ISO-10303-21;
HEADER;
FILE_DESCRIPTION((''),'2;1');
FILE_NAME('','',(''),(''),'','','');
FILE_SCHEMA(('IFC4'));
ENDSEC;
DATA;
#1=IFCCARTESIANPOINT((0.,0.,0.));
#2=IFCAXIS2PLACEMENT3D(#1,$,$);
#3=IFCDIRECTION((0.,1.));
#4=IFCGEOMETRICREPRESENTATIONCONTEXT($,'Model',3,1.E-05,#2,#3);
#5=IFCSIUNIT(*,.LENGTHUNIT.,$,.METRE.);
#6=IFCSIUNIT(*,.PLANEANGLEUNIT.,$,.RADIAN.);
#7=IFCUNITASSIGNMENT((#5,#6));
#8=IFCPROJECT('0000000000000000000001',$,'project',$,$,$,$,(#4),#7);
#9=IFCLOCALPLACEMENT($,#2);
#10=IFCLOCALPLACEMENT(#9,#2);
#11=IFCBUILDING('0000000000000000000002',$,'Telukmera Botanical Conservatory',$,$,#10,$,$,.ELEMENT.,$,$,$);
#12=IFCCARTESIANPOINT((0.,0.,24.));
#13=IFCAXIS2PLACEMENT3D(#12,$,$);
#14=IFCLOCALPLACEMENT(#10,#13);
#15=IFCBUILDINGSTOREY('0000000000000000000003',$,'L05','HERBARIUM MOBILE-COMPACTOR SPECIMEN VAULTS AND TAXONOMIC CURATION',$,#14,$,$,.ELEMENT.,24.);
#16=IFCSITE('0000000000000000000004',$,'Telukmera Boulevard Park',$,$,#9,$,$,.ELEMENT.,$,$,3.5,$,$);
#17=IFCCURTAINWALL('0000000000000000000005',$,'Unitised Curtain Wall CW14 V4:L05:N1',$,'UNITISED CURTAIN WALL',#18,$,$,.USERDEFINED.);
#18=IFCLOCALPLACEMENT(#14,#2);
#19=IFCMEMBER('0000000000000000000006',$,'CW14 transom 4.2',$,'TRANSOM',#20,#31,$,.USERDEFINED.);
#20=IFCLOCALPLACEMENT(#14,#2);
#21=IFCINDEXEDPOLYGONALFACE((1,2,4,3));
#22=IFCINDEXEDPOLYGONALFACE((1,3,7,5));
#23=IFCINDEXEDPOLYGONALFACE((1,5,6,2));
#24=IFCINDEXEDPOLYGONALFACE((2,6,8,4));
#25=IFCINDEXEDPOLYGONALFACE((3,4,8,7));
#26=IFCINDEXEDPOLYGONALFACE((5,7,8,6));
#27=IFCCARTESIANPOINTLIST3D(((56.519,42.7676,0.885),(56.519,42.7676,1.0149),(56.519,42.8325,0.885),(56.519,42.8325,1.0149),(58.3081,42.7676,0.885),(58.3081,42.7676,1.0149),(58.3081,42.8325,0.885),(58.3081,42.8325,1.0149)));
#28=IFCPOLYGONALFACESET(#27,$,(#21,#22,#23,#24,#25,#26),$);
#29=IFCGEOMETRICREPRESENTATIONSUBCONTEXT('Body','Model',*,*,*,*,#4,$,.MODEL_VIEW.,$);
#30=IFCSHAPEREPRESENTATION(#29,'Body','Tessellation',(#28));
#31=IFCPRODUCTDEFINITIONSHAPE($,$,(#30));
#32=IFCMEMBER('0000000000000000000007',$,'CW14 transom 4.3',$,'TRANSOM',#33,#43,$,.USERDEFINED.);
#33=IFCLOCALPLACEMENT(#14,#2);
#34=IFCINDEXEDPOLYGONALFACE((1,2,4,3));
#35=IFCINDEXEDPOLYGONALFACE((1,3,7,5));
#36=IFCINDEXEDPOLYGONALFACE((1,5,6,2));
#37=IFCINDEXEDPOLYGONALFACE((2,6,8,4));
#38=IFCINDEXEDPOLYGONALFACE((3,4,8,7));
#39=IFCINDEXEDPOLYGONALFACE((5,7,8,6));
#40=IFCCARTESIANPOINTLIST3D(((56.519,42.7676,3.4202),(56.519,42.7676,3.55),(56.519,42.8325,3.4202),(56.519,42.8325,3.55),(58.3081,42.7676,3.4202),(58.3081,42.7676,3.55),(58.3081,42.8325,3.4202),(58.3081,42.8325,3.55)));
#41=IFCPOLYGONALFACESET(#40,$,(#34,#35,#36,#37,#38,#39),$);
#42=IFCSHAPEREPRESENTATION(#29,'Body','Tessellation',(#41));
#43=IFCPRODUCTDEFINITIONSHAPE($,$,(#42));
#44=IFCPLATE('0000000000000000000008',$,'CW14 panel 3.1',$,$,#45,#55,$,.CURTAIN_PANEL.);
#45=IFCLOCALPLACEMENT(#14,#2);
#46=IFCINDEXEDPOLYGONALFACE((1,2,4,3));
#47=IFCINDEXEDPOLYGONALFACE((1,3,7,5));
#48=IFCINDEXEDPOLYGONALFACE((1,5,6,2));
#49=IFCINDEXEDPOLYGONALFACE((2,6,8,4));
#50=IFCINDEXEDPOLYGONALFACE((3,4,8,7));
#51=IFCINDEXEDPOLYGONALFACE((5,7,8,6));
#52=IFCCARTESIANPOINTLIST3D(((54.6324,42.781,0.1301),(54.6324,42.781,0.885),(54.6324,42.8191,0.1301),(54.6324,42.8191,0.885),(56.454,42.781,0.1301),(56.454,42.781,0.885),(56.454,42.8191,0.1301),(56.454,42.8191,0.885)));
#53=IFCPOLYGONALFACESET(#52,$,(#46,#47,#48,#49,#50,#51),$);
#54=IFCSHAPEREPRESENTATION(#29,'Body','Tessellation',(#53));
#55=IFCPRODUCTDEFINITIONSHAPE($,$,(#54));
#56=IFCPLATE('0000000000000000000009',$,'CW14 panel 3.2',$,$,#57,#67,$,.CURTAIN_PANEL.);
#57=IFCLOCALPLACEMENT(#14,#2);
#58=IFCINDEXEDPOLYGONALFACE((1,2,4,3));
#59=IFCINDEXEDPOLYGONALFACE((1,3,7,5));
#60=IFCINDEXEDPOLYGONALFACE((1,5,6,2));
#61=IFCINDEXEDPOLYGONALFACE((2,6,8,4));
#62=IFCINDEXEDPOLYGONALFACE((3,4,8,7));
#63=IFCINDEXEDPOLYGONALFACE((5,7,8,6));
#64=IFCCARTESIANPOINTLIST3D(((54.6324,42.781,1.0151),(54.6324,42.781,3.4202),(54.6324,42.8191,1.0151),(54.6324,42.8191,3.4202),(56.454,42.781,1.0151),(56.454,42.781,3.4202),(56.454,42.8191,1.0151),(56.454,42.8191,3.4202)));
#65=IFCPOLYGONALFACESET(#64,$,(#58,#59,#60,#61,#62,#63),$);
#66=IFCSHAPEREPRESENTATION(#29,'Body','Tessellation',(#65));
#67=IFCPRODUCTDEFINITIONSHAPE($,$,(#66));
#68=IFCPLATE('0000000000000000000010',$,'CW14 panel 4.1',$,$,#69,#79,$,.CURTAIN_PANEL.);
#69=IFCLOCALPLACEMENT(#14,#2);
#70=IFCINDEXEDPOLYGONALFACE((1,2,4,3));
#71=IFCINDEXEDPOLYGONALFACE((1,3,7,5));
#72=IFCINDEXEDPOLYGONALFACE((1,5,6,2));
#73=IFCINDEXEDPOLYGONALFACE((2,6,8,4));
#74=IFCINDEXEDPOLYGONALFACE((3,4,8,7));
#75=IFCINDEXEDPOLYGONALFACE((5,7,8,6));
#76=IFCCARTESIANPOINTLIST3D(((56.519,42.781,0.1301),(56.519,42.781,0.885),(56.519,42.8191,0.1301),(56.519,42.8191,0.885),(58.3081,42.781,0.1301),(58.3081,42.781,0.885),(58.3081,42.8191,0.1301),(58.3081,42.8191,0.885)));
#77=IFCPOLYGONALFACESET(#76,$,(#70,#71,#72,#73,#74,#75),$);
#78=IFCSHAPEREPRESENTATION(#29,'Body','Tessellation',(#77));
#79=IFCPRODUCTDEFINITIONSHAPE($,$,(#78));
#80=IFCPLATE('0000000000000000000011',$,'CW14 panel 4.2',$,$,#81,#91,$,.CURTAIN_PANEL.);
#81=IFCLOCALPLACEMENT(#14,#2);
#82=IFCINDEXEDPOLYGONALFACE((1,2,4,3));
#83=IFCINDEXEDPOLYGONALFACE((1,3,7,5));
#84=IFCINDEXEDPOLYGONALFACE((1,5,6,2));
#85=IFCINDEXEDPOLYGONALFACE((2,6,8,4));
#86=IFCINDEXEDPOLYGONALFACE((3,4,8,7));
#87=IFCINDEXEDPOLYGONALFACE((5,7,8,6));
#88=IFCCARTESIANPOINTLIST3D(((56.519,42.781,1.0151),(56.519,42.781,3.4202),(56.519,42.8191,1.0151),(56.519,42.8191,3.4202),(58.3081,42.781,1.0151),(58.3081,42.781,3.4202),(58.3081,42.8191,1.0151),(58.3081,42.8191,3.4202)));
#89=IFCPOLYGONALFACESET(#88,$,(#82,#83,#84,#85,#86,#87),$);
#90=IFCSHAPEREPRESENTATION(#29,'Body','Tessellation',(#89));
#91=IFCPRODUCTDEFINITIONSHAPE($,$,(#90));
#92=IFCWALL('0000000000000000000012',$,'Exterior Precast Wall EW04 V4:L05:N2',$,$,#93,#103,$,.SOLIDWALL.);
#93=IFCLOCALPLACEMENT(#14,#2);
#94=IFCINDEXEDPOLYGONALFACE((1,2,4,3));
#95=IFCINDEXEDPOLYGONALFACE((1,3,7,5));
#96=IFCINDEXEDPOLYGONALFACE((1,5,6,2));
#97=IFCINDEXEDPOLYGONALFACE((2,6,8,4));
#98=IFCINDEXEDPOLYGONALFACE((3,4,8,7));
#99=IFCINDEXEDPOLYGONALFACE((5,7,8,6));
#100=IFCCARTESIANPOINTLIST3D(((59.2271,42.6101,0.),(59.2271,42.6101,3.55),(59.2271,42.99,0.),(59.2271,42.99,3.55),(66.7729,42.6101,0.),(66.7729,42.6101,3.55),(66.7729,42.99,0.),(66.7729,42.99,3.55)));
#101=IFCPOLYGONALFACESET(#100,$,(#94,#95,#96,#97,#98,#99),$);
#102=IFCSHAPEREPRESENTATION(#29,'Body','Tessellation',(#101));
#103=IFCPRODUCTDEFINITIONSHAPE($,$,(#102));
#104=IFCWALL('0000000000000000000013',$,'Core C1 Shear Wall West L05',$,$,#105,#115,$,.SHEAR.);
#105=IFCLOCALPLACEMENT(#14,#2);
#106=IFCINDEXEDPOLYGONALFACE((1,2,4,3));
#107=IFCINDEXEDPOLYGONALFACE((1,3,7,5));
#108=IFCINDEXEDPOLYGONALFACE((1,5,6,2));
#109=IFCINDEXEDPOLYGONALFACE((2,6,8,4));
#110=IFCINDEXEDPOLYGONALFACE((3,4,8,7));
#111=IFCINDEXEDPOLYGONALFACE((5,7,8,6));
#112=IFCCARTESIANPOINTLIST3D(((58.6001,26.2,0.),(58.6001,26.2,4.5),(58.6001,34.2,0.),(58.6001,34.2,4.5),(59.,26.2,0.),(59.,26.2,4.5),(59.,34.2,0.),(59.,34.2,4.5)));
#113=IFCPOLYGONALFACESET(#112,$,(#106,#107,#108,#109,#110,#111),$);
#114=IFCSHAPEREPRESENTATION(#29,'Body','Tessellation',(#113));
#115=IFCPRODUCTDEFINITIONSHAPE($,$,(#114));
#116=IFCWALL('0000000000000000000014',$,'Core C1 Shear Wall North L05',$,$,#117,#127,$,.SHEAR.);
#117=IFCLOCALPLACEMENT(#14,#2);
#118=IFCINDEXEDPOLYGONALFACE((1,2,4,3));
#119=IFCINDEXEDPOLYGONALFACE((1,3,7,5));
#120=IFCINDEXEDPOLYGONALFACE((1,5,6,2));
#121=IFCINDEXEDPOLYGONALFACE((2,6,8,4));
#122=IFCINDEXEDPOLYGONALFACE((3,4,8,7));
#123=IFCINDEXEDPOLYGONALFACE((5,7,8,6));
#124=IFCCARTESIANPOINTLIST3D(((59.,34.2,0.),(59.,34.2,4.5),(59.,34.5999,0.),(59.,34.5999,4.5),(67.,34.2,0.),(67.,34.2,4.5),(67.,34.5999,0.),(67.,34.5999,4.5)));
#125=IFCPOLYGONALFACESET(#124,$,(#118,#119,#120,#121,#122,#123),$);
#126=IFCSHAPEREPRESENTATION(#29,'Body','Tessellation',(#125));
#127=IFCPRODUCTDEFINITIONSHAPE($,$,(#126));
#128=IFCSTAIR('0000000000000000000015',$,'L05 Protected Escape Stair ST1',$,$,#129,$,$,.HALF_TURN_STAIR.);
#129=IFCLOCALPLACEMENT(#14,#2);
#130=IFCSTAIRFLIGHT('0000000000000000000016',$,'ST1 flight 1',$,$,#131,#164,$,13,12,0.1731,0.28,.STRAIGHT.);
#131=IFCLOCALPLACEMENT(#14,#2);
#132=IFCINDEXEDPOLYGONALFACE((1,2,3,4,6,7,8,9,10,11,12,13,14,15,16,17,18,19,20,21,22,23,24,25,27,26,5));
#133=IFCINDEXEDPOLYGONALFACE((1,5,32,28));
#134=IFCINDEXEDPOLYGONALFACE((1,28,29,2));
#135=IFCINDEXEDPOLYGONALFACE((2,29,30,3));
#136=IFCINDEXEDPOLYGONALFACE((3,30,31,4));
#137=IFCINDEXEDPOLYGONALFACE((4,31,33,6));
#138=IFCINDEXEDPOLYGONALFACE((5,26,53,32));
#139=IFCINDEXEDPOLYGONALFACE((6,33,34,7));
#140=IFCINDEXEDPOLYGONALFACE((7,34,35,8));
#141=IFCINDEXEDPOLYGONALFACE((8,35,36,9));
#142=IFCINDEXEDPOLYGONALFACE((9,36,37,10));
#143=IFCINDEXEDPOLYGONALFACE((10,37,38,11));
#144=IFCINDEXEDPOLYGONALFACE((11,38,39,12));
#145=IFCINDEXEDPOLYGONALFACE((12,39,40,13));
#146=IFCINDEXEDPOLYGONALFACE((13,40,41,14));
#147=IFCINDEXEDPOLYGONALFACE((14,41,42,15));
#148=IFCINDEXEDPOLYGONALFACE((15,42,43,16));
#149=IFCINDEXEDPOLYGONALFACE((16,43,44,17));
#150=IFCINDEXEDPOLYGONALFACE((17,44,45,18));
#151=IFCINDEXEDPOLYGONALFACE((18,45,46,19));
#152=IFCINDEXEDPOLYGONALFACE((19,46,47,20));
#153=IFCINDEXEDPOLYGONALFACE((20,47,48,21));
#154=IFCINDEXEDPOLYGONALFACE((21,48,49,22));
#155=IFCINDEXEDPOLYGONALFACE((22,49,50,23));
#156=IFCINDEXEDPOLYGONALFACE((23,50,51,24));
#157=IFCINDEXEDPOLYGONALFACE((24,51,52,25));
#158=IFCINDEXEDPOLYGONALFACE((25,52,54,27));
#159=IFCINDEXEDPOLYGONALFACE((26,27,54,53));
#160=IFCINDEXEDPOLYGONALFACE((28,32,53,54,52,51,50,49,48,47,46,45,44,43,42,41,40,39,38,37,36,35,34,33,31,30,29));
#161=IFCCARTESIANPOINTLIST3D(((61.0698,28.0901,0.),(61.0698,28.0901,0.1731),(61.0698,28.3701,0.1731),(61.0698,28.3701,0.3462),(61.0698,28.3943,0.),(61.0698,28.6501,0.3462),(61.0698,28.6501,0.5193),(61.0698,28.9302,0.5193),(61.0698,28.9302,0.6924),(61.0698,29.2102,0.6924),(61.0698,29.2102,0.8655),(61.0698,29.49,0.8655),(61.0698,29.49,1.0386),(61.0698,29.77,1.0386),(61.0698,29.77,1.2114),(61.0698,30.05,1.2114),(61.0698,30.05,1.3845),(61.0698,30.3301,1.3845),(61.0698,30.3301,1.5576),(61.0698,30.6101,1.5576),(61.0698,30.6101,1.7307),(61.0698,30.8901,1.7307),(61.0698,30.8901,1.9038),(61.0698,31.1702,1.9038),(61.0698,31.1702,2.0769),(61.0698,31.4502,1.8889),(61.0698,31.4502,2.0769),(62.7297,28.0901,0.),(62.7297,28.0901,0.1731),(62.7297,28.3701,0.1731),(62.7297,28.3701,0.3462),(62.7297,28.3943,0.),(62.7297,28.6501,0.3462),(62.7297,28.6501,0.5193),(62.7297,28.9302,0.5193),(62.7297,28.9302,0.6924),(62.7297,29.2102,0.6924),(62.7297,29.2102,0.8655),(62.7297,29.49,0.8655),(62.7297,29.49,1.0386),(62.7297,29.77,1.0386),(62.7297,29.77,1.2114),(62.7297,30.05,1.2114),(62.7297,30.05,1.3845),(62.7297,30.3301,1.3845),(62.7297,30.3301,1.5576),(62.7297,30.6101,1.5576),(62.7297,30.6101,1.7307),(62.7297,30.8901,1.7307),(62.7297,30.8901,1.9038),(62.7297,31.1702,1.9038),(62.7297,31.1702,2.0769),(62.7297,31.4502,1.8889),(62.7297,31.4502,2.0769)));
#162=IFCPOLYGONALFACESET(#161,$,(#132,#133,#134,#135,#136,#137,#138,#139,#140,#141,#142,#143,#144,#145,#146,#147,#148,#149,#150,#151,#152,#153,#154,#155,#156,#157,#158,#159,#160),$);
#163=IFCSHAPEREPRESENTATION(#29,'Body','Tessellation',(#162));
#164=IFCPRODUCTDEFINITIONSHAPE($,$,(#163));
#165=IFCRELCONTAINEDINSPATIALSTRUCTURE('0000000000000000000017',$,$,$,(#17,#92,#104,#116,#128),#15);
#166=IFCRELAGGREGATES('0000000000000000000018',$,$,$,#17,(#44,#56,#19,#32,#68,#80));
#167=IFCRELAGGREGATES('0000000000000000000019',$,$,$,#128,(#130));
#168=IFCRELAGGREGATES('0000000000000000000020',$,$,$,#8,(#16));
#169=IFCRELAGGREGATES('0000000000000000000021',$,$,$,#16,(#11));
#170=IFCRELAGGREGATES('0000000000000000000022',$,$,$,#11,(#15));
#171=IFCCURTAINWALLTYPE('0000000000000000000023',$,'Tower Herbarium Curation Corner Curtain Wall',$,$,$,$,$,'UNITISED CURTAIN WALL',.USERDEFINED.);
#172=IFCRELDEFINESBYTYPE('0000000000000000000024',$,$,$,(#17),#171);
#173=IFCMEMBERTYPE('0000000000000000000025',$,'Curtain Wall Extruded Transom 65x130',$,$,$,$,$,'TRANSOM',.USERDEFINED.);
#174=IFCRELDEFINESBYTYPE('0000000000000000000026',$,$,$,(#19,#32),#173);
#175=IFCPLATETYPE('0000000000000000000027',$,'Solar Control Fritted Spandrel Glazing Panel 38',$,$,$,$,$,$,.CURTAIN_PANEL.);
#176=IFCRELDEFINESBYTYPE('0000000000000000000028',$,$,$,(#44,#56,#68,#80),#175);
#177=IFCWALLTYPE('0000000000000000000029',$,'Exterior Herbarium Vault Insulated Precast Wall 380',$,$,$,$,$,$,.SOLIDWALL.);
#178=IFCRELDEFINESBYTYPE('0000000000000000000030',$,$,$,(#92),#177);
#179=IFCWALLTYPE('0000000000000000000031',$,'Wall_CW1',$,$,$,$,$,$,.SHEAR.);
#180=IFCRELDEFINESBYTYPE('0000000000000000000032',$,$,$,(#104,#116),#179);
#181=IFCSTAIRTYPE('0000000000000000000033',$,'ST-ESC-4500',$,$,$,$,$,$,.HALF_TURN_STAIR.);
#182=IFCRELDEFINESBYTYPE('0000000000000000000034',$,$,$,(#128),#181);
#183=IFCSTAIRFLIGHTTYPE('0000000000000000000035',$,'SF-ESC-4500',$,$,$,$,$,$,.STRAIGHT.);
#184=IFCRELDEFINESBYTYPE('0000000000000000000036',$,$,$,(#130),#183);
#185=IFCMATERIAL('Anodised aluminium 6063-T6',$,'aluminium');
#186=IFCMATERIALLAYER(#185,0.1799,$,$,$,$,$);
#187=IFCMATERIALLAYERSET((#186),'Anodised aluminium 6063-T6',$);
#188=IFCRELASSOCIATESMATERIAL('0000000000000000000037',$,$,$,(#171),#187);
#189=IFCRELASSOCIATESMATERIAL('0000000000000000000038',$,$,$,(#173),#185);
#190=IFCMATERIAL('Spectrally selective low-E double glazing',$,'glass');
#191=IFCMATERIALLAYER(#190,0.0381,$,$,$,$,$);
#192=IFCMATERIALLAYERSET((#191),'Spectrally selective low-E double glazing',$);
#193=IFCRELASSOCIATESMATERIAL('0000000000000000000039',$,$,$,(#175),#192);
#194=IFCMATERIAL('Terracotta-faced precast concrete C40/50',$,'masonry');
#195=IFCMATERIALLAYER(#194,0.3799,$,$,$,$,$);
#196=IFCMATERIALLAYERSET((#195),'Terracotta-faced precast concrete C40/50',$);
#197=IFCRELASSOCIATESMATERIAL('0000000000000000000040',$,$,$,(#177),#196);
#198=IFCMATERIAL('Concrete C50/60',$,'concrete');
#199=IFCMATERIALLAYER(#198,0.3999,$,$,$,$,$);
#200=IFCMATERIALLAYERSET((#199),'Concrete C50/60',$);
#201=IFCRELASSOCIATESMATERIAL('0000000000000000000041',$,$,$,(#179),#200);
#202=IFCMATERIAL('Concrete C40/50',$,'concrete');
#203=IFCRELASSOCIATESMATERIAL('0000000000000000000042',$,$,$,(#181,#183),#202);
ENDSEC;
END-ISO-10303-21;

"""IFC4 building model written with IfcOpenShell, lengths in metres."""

from ifc_helpers import new_model, si_unit, direction, frame, frame_2d, origin, origin_2d, place, context, subcontext, project, spatial, polyline, rectangle, outline, extrude, material, layer, layer_set, material_profile, profile_set, type_object, element, aggregate, save


model = new_model("IFC4")

# Units and contexts
model_context = context("Model", 3, precision=1e-05, world=origin(), true_north=direction((0.0, 1.0)))
body_context = subcontext(model_context, "Body", "Model", "MODEL_VIEW")
ifc_project = project(units=[si_unit("LENGTHUNIT", "METRE"), si_unit("PLANEANGLEUNIT", "RADIAN")], contexts=[model_context])

# Site, building, storey
site_placement = place(None, origin())
site = spatial("IfcSite", under=ifc_project, at=site_placement, Name="Telukmera Boulevard Park", CompositionType="ELEMENT", RefElevation=3.5)
building_placement = place(site_placement, origin())
building = spatial("IfcBuilding", under=site, at=building_placement, Name="Telukmera Botanical Conservatory", CompositionType="ELEMENT")
storey_placement = place(building_placement, frame((0.0, 0.0, 24.0)))
storey = spatial("IfcBuildingStorey", under=building, at=storey_placement, Name="L05", Description="HERBARIUM MOBILE-COMPACTOR SPECIMEN VAULTS AND TAXONOMIC CURATION", CompositionType="ELEMENT", Elevation=24.0)

# Shared definitions
ifc_material_1 = material(Name="Concrete C50/60", Category="concrete")

# Shared definitions
ifc_material_2 = material(Name="Concrete C40/50", Category="concrete")

# Curtain wall, members, plates
ifc_material_3 = material(Name="Anodised aluminium 6063-T6", Category="aluminium")
ifc_layer_1 = layer(ifc_material_3, 0.1799)
ifc_layer_set_1 = layer_set([ifc_layer_1], Name="Anodised aluminium 6063-T6")
curtain_wall_type = type_object("IfcCurtainWallType", Name="Tower Herbarium Curation Corner Curtain Wall", ElementType="UNITISED CURTAIN WALL", PredefinedType="USERDEFINED", material=ifc_layer_set_1)
curtain_wall_placement = place(storey_placement, origin())
curtain_wall = element("IfcCurtainWall", 1, at=curtain_wall_placement, inside=storey, type_object=curtain_wall_type, Name="Unitised Curtain Wall CW14 V4:L05:N1", ObjectType="UNITISED CURTAIN WALL", PredefinedType="USERDEFINED")
ifc_material_profile_1 = material_profile(ifc_material_3, rectangle(XDim=0.0649, YDim=0.1299, at=origin_2d()), Name="ALU TRAN 65x130")
ifc_profile_set_1 = profile_set([ifc_material_profile_1], Name="Anodised aluminium 6063-T6")
member_type_1 = type_object("IfcMemberType", Name="Curtain Wall Extruded Transom 65x130", ElementType="TRANSOM", PredefinedType="USERDEFINED", material=ifc_profile_set_1)
member_1_placement = place(storey_placement, frame((56.519, 42.8, 0.95), z_axis=(1.0, 0.0, 0.0), x_axis=(0.0, 1.0, 0.0)))
member_1 = element("IfcMember", 2, at=member_1_placement, type_object=member_type_1, Name="CW14 transom 4.2", ObjectType="TRANSOM", PredefinedType="USERDEFINED", context=body_context, shape_type="SweptSolid", body=[
    extrude(rectangle(XDim=0.0649, YDim=0.1299, at=origin_2d()), origin(), (0.0, 0.0, 1.0), 1.7891),
])
member_2_placement = place(storey_placement, frame((56.519, 42.8, 3.4851), z_axis=(1.0, 0.0, 0.0), x_axis=(0.0, 1.0, 0.0)))
member_2 = element("IfcMember", 3, at=member_2_placement, type_object=member_type_1, Name="CW14 transom 4.3", ObjectType="TRANSOM", PredefinedType="USERDEFINED", context=body_context, shape_type="SweptSolid", body=[
    extrude(rectangle(XDim=0.0649, YDim=0.1299, at=origin_2d()), origin(), (0.0, 0.0, 1.0), 1.7891),
])
ifc_material_4 = material(Name="Spectrally selective low-E double glazing", Category="glass")
ifc_layer_2 = layer(ifc_material_4, 0.0381)
ifc_layer_set_2 = layer_set([ifc_layer_2], Name="Spectrally selective low-E double glazing")
plate_type = type_object("IfcPlateType", Name="Solar Control Fritted Spandrel Glazing Panel 38", PredefinedType="CURTAIN_PANEL", material=ifc_layer_set_2)
plate_1_placement = place(storey_placement, frame((55.5432, 42.8, 0.1301), z_axis=(0.0, 0.0, 1.0), x_axis=(1.0, 0.0, 0.0)))
plate_1 = element("IfcPlate", 4, at=plate_1_placement, type_object=plate_type, Name="CW14 panel 3.1", PredefinedType="CURTAIN_PANEL", context=body_context, shape_type="SweptSolid", body=[
    extrude(rectangle(XDim=1.8215, YDim=0.0381, at=origin_2d()), origin(), (0.0, 0.0, 1.0), 0.7549),
])
plate_2_placement = place(storey_placement, frame((55.5432, 42.8, 1.0151), z_axis=(0.0, 0.0, 1.0), x_axis=(1.0, 0.0, 0.0)))
plate_2 = element("IfcPlate", 5, at=plate_2_placement, type_object=plate_type, Name="CW14 panel 3.2", PredefinedType="CURTAIN_PANEL", context=body_context, shape_type="SweptSolid", body=[
    extrude(rectangle(XDim=1.8215, YDim=0.0381, at=origin_2d()), origin(), (0.0, 0.0, 1.0), 2.405),
])
plate_3_placement = place(storey_placement, frame((57.4136, 42.8, 0.1301), z_axis=(0.0, 0.0, 1.0), x_axis=(1.0, 0.0, 0.0)))
plate_3 = element("IfcPlate", 6, at=plate_3_placement, type_object=plate_type, Name="CW14 panel 4.1", PredefinedType="CURTAIN_PANEL", context=body_context, shape_type="SweptSolid", body=[
    extrude(rectangle(XDim=1.7891, YDim=0.0381, at=origin_2d()), origin(), (0.0, 0.0, 1.0), 0.7549),
])
plate_4_placement = place(storey_placement, frame((57.4136, 42.8, 1.0151), z_axis=(0.0, 0.0, 1.0), x_axis=(1.0, 0.0, 0.0)))
plate_4 = element("IfcPlate", 7, at=plate_4_placement, type_object=plate_type, Name="CW14 panel 4.2", PredefinedType="CURTAIN_PANEL", context=body_context, shape_type="SweptSolid", body=[
    extrude(rectangle(XDim=1.7891, YDim=0.0381, at=origin_2d()), origin(), (0.0, 0.0, 1.0), 2.405),
])
aggregate(curtain_wall, [plate_1, plate_2, member_1, member_2, plate_3, plate_4])

# Walls
ifc_material_5 = material(Name="Terracotta-faced precast concrete C40/50", Category="masonry")
ifc_layer_3 = layer(ifc_material_5, 0.3799)
ifc_layer_set_3 = layer_set([ifc_layer_3], Name="Terracotta-faced precast concrete C40/50")
wall_type_1 = type_object("IfcWallType", Name="Exterior Herbarium Vault Insulated Precast Wall 380", PredefinedType="SOLIDWALL", material=ifc_layer_set_3)
wall_placement = place(storey_placement, frame((59.2271, 42.8, 0.0), z_axis=(0.0, 0.0, 1.0), x_axis=(1.0, 0.0, 0.0)))
element("IfcWall", 8, at=wall_placement, inside=storey, type_object=wall_type_1, Name="Exterior Precast Wall EW04 V4:L05:N2", PredefinedType="SOLIDWALL", context=body_context, shape_type="SweptSolid", body=[
    extrude(rectangle(XDim=7.5459, YDim=0.3799, at=frame_2d((3.7729, 0.0))), origin(), (0.0, 0.0, 1.0), 3.55),
])
ifc_layer_4 = layer(ifc_material_1, 0.3999)
ifc_layer_set_4 = layer_set([ifc_layer_4], Name="Concrete C50/60")
wall_type_2 = type_object("IfcWallType", Name="Wall_CW1", PredefinedType="SHEAR", material=ifc_layer_set_4)
for number, where, z_axis, x_axis, name in (
    (9, (58.8, 26.2, 0.0), (0.0, 0.0, 1.0), (0.0, 1.0, 0.0), "Core C1 Shear Wall West L05"),
    (10, (59.0, 34.3999, 0.0), (0.0, 0.0, 1.0), (1.0, 0.0, 0.0), "Core C1 Shear Wall North L05"),
):
    element("IfcWall", number, at=place(storey_placement, frame(where, z_axis=z_axis, x_axis=x_axis)), inside=storey, type_object=wall_type_2, Name=name, PredefinedType="SHEAR", context=body_context, shape_type="SweptSolid", body=[
        extrude(rectangle(XDim=8.0, YDim=0.3999, at=frame_2d((4.0, 0.0))), origin(), (0.0, 0.0, 1.0), 4.5),
    ])

# Stair, stair flight
stair_type = type_object("IfcStairType", Name="ST-ESC-4500", PredefinedType="HALF_TURN_STAIR", material=ifc_material_2)
stair_placement = place(storey_placement, origin())
stair = element("IfcStair", 11, at=stair_placement, inside=storey, type_object=stair_type, Name="L05 Protected Escape Stair ST1", PredefinedType="HALF_TURN_STAIR")
stair_flight_type = type_object("IfcStairFlightType", Name="SF-ESC-4500", PredefinedType="STRAIGHT", material=ifc_material_2)
stair_flight_1_placement = place(storey_placement, frame((61.8999, 28.0901, 0.0), z_axis=(0.0, 0.0, 1.0), x_axis=(0.0, 1.0, 0.0)))
stair_flight_1 = element("IfcStairFlight", 12, at=stair_flight_1_placement, type_object=stair_flight_type, Name="ST1 flight 1", NumberOfRisers=13, NumberOfTreads=12, PredefinedType="STRAIGHT", RiserHeight=0.1731, TreadLength=0.28, context=body_context, shape_type="SweptSolid", body=[
    extrude(outline(polyline([(0.0, 0.0), (0.0, 0.1731), (0.28, 0.1731), (0.28, 0.3462), (0.5601, 0.3462), (0.5601, 0.5193), (0.8401, 0.5193), (0.8401, 0.6924), (1.1201, 0.6924), (1.1201, 0.8655), (1.3999, 0.8655), (1.3999, 1.0386), (1.6799, 1.0386), (1.6799, 1.2114), (1.96, 1.2114), (1.96, 1.3845), (2.24, 1.3845), (2.24, 1.5576), (2.52, 1.5576), (2.52, 1.7307), (2.8, 1.7307), (2.8, 1.9038), (3.0801, 1.9038), (3.0801, 2.0769), (3.3601, 2.0769), (3.3601, 2.25), (3.3601, 1.8889), (0.3042, 0.0), (0.0, 0.0)])), frame((0.0, 0.8301, 0.0), z_axis=(0.0, -1.0, 0.0), x_axis=(1.0, 0.0, 0.0)), (0.0, 0.0, 1.0), 1.6599),
])
aggregate(stair, [stair_flight_1])

save(model, "model.ifc")
